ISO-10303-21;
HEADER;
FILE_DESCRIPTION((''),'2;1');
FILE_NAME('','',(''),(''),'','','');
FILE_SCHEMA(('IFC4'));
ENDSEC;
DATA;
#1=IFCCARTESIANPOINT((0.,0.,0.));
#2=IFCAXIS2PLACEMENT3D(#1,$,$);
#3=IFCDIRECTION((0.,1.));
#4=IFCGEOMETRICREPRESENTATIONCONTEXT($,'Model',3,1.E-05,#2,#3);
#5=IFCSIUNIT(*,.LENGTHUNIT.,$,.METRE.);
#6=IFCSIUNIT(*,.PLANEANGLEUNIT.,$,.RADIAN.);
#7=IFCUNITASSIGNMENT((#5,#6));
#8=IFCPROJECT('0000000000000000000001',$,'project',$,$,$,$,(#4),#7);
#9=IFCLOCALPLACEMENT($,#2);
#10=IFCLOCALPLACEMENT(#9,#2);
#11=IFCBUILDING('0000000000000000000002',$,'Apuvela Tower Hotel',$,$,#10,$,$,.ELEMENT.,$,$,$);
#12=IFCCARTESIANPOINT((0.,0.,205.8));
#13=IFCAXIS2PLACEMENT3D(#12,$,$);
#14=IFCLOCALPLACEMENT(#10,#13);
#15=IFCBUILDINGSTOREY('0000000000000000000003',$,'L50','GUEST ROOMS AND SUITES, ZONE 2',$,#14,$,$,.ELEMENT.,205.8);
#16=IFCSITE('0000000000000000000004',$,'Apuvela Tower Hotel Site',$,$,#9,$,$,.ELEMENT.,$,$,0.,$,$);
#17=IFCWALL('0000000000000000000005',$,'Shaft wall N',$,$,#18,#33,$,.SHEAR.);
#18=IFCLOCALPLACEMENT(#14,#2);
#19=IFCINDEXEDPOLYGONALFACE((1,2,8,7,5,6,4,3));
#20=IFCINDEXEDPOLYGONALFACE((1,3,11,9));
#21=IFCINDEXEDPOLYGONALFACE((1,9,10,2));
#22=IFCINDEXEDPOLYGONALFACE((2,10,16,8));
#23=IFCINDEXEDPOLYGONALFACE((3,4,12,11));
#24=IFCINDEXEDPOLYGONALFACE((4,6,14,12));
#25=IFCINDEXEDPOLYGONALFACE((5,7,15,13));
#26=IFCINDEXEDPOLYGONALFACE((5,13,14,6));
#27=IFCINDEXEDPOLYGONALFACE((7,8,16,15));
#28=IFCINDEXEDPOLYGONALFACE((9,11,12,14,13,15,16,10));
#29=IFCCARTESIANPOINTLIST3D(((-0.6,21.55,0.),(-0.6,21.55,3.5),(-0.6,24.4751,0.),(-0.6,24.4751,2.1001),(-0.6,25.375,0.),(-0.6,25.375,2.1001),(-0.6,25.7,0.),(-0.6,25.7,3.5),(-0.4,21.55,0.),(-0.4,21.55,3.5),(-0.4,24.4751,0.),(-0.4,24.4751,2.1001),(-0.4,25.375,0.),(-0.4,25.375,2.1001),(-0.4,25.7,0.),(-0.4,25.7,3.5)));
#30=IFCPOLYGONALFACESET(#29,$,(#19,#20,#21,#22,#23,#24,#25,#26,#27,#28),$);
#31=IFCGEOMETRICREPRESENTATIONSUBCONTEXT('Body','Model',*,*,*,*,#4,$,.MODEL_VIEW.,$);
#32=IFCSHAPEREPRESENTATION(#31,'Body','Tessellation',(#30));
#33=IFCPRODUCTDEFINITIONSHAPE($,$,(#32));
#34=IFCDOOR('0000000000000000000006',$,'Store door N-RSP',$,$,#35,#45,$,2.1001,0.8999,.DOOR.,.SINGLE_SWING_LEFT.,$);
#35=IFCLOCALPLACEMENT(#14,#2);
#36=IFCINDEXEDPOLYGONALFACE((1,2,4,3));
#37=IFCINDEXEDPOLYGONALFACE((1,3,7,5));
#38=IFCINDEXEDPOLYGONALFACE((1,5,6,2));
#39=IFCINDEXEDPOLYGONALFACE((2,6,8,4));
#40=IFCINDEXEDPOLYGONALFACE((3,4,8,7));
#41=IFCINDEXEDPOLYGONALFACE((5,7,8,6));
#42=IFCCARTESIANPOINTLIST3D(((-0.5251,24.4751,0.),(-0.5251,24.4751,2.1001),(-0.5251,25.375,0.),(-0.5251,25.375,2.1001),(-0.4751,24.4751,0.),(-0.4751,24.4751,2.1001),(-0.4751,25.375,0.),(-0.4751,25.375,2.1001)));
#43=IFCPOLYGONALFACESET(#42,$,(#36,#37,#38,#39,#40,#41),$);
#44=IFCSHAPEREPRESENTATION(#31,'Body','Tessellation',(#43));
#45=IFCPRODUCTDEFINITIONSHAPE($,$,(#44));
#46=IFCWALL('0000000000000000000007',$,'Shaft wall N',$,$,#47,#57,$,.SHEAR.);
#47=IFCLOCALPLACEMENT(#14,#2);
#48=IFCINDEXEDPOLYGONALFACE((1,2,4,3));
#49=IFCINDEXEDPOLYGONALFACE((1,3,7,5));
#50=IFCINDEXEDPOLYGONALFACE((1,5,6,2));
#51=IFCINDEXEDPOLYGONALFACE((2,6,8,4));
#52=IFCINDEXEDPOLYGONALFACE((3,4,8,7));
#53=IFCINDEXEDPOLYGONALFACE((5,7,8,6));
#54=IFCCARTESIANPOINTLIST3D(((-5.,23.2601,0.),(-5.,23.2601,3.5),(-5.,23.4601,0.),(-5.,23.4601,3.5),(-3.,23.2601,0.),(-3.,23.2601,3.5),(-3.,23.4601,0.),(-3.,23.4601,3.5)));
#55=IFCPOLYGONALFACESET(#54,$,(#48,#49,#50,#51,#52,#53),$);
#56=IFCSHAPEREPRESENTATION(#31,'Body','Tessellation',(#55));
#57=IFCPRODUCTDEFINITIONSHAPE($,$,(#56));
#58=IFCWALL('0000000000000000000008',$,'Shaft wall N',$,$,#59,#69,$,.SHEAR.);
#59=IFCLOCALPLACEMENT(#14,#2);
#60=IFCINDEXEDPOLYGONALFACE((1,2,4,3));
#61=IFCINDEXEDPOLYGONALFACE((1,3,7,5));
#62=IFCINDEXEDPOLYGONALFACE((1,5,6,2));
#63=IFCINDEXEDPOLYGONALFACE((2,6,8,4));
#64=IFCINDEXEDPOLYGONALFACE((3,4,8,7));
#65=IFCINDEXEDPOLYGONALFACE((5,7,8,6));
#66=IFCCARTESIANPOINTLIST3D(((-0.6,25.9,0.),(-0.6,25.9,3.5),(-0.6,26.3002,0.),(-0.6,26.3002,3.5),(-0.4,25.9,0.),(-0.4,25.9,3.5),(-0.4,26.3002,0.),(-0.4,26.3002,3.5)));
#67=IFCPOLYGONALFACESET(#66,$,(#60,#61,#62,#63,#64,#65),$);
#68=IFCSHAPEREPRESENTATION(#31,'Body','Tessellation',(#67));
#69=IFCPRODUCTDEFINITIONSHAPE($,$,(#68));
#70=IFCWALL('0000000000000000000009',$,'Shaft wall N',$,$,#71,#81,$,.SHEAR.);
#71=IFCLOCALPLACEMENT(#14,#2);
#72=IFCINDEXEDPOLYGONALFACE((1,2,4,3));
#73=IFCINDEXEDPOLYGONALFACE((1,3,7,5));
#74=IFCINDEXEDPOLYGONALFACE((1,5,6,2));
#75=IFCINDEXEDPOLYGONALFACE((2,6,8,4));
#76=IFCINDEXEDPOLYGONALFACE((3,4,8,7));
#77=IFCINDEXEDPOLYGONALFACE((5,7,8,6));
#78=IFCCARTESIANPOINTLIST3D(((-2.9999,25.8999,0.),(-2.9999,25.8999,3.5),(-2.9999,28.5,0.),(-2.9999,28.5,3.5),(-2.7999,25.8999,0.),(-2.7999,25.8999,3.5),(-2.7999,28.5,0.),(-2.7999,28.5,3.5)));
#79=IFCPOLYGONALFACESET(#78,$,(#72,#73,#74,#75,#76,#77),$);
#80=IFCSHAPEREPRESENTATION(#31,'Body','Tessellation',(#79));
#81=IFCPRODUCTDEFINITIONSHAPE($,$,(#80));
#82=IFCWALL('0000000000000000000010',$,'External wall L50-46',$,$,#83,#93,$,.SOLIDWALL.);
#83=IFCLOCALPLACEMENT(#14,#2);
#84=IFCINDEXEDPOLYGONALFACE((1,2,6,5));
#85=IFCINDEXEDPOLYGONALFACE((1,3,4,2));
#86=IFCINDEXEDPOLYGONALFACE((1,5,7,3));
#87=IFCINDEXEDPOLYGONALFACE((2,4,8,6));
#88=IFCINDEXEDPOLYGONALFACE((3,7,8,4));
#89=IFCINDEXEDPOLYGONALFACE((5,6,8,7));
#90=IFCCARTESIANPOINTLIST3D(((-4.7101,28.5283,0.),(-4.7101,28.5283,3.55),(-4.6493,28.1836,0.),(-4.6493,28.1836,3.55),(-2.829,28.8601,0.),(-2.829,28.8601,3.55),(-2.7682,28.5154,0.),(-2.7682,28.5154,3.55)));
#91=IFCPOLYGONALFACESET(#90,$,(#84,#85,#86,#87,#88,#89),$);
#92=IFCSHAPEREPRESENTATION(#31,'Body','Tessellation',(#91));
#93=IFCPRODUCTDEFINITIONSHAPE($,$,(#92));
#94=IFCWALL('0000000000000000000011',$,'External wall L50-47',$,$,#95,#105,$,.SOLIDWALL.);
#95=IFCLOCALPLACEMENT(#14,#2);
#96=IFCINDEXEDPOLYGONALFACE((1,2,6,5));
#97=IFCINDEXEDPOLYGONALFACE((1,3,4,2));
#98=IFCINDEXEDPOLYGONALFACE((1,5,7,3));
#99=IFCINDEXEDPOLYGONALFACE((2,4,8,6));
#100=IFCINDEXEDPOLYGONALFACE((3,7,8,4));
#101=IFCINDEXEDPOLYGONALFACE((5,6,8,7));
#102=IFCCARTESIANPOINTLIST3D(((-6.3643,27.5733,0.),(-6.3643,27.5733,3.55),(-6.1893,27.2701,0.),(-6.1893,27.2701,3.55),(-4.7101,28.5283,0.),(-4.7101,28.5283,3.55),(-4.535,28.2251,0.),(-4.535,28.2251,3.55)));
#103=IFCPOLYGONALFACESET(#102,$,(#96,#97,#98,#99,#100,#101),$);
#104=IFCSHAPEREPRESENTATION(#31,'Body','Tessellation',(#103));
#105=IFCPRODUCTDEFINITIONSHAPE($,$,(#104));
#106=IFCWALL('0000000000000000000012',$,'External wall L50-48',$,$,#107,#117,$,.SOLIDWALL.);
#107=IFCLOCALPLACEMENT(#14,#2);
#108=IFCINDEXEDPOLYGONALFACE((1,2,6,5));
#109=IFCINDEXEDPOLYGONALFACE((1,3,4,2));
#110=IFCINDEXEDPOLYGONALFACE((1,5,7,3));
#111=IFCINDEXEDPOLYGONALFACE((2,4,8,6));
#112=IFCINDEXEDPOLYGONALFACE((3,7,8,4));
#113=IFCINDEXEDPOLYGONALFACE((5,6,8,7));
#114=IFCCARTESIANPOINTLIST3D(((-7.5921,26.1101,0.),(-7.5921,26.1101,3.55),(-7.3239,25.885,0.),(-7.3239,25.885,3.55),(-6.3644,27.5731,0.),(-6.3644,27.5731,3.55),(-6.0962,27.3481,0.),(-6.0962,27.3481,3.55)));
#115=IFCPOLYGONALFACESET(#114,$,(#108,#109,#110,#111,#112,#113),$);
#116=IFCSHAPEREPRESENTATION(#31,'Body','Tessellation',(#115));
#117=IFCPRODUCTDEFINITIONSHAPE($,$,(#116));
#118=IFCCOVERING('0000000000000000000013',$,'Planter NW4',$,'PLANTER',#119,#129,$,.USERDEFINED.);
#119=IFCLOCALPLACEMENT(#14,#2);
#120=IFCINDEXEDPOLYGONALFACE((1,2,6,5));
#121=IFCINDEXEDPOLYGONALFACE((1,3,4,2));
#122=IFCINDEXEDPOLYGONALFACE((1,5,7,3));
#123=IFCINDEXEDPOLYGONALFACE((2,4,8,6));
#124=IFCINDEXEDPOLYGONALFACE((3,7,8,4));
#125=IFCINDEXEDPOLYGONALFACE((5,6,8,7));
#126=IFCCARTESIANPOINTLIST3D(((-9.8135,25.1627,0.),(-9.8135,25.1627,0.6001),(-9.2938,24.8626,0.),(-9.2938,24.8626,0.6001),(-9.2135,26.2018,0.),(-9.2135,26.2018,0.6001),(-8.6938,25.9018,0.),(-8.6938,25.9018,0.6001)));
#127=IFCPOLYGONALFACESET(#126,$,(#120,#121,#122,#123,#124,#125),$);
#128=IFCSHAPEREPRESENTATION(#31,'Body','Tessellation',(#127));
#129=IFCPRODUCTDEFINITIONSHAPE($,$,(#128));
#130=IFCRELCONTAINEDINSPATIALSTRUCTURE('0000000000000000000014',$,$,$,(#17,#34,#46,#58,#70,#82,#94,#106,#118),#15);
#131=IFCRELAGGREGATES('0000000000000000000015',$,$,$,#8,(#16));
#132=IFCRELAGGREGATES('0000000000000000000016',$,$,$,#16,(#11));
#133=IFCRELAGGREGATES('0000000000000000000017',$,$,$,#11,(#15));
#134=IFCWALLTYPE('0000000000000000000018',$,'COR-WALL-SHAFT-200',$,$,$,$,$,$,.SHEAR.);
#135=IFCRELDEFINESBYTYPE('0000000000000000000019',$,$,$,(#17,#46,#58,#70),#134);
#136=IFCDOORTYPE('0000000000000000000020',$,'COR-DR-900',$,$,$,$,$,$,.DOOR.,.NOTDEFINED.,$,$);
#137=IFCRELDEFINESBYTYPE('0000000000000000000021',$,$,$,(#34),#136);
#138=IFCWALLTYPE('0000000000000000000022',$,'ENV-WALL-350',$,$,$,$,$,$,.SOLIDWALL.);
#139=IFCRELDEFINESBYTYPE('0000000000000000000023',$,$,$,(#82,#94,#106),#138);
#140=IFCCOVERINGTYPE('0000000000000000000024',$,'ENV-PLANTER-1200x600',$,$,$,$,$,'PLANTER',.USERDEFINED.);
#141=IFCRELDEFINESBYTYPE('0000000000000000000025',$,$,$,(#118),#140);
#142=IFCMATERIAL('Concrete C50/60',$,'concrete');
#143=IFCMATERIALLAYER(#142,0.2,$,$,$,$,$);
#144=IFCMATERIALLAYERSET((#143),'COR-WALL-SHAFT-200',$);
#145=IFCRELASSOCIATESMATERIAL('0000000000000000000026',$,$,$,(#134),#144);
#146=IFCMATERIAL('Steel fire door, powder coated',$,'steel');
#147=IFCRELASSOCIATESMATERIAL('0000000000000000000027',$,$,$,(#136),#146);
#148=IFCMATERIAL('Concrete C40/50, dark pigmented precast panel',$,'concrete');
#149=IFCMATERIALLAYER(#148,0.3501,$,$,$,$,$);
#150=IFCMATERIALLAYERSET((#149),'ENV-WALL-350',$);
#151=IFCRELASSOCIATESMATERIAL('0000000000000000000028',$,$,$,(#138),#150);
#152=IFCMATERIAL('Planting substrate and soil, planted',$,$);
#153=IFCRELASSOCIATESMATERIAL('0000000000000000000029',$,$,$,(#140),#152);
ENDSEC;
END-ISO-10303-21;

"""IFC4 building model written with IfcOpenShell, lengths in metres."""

from ifc_helpers import new_model, si_unit, direction, frame, frame_2d, origin, origin_2d, place, context, subcontext, project, spatial, rectangle, extrude, material, layer, layer_set, type_object, element, fill, save


model = new_model("IFC4")

# Units and contexts
model_context = context("Model", 3, precision=1e-05, world=origin(), true_north=direction((0.0, 1.0)))
body_context = subcontext(model_context, "Body", "Model", "MODEL_VIEW")
ifc_project = project(units=[si_unit("LENGTHUNIT", "METRE"), si_unit("PLANEANGLEUNIT", "RADIAN")], contexts=[model_context])

# Site, building, storey
site_placement = place(None, origin())
site = spatial("IfcSite", under=ifc_project, at=site_placement, Name="Apuvela Tower Hotel Site", CompositionType="ELEMENT", RefElevation=0.0)
building_placement = place(site_placement, origin())
building = spatial("IfcBuilding", under=site, at=building_placement, Name="Apuvela Tower Hotel", CompositionType="ELEMENT")
storey_placement = place(building_placement, frame((0.0, 0.0, 205.8)))
storey = spatial("IfcBuildingStorey", under=building, at=storey_placement, Name="L50", Description="GUEST ROOMS AND SUITES, ZONE 2", CompositionType="ELEMENT", Elevation=205.8)

# Shared definitions
ifc_material_1 = material(Name="Concrete C50/60", Category="concrete")
ifc_layer_1 = layer(ifc_material_1, 0.2)
ifc_layer_set_1 = layer_set([ifc_layer_1], Name="COR-WALL-SHAFT-200")
wall_type_1 = type_object("IfcWallType", Name="COR-WALL-SHAFT-200", PredefinedType="SHEAR", material=ifc_layer_set_1)

# Wall, opening, door
wall_1_placement = place(storey_placement, frame((-0.5, 21.55, 0.0), z_axis=(0.0, 0.0, 1.0), x_axis=(0.0, 1.0, 0.0)))
wall_1 = element("IfcWall", 1, at=wall_1_placement, inside=storey, type_object=wall_type_1, Name="Shaft wall N", PredefinedType="SHEAR", context=body_context, shape_type="SweptSolid", body=[
    extrude(rectangle(XDim=4.1499, YDim=0.2, at=frame_2d((2.075, 0.0))), origin(), (0.0, 0.0, 1.0), 3.5),
])
opening_1_placement = place(wall_1_placement, frame((2.925, 0.0, 0.0)))
opening_1 = element("IfcOpeningElement", 2, at=opening_1_placement, cuts=wall_1, PredefinedType="OPENING", context=body_context, shape_type="SweptSolid", body=[
    extrude(rectangle(XDim=0.8999, YDim=2.1001, at=frame_2d((0.45, 1.05))), frame((0.0, 0.1099, 0.0), z_axis=(0.0, -1.0, 0.0), x_axis=(1.0, 0.0, 0.0)), (0.0, 0.0, 1.0), 0.22),
])
ifc_material_2 = material(Name="Steel fire door, powder coated", Category="steel")
door_type_1 = type_object("IfcDoorType", Name="COR-DR-900", OperationType="NOTDEFINED", PredefinedType="DOOR", material=ifc_material_2)
door_1_placement = place(opening_1_placement, frame((0.8999, 0.0, 0.0), z_axis=(0.0, 0.0, 1.0), x_axis=(-1.0, 0.0, 0.0)))
door_1 = element("IfcDoor", 3, at=door_1_placement, inside=storey, type_object=door_type_1, Name="Store door N-RSP", OperationType="SINGLE_SWING_LEFT", OverallHeight=2.1001, OverallWidth=0.8999, PredefinedType="DOOR", context=body_context, shape_type="SweptSolid", body=[
    extrude(rectangle(XDim=0.8999, YDim=2.1001, at=frame_2d((0.45, 1.05))), frame((0.0, 0.0249, 0.0), z_axis=(0.0, -1.0, 0.0), x_axis=(1.0, 0.0, 0.0)), (0.0, 0.0, 1.0), 0.05),
])
fill(opening_1, door_1)

# Walls
wall_2_placement = place(storey_placement, frame((-3.0, 23.3601, 0.0), z_axis=(0.0, 0.0, 1.0), x_axis=(-1.0, 0.0, 0.0)))
element("IfcWall", 4, at=wall_2_placement, inside=storey, type_object=wall_type_1, Name="Shaft wall N", PredefinedType="SHEAR", context=body_context, shape_type="SweptSolid", body=[
    extrude(rectangle(XDim=2.0, YDim=0.2, at=frame_2d((1.0, 0.0))), origin(), (0.0, 0.0, 1.0), 3.5),
])
wall_3_placement = place(storey_placement, frame((-0.5, 25.8999, 0.0), z_axis=(0.0, 0.0, 1.0), x_axis=(0.0, 1.0, 0.0)))
element("IfcWall", 5, at=wall_3_placement, inside=storey, type_object=wall_type_1, Name="Shaft wall N", PredefinedType="SHEAR", context=body_context, shape_type="SweptSolid", body=[
    extrude(rectangle(XDim=0.4001, YDim=0.2, at=frame_2d((0.2002, 0.0))), origin(), (0.0, 0.0, 1.0), 3.5),
])
wall_4_placement = place(storey_placement, frame((-2.8999, 25.8999, 0.0), z_axis=(0.0, 0.0, 1.0), x_axis=(0.0, 1.0, 0.0)))
element("IfcWall", 6, at=wall_4_placement, inside=storey, type_object=wall_type_1, Name="Shaft wall N", PredefinedType="SHEAR", context=body_context, shape_type="SweptSolid", body=[
    extrude(rectangle(XDim=2.6001, YDim=0.2, at=frame_2d((1.3, 0.0))), origin(), (0.0, 0.0, 1.0), 3.5),
])

# Shared definitions
ifc_material_3 = material(Name="Concrete C40/50, dark pigmented precast panel", Category="concrete")
ifc_layer_2 = layer(ifc_material_3, 0.3501)
ifc_layer_set_2 = layer_set([ifc_layer_2], Name="ENV-WALL-350")
wall_type_2 = type_object("IfcWallType", Name="ENV-WALL-350", PredefinedType="SOLIDWALL", material=ifc_layer_set_2)

# Walls
for number, where, z_axis, x_axis, name in (
    (7, (-2.7986, 28.6877, 0.0), (0.0, 0.0, 1.0), (-0.984799, -0.173698, 0.0), "External wall L50-46"),
    (8, (-4.6226, 28.3767, 0.0), (0.0, 0.0, 1.0), (-0.866032, -0.499988, 0.0), "External wall L50-47"),
):
    element("IfcWall", number, at=place(storey_placement, frame(where, z_axis=z_axis, x_axis=x_axis)), inside=storey, type_object=wall_type_2, Name=name, PredefinedType="SOLIDWALL", context=body_context, shape_type="SweptSolid", body=[
        extrude(rectangle(XDim=1.9102, YDim=0.3501, at=frame_2d((0.9551, 0.0))), origin(), (0.0, 0.0, 1.0), 3.55),
    ])
wall_5_placement = place(storey_placement, frame((-6.2302, 27.4607, 0.0), z_axis=(0.0, 0.0, 1.0), x_axis=(-0.642808, -0.766027, 0.0)))
element("IfcWall", 9, at=wall_5_placement, inside=storey, type_object=wall_type_2, Name="External wall L50-48", PredefinedType="SOLIDWALL", context=body_context, shape_type="SweptSolid", body=[
    extrude(rectangle(XDim=1.9099, YDim=0.3501, at=frame_2d((0.9551, 0.0))), origin(), (0.0, 0.0, 1.0), 3.55),
])

# Covering
ifc_material_4 = material(Name="Planting substrate and soil, planted")
covering_type = type_object("IfcCoveringType", Name="ENV-PLANTER-1200x600", ElementType="PLANTER", PredefinedType="USERDEFINED", material=ifc_material_4)
covering_placement = place(storey_placement, frame((-9.2537, 25.5322, 0.0), z_axis=(0.0, 0.0, 1.0), x_axis=(-0.5, -0.866025, 0.0)))
element("IfcCovering", 10, at=covering_placement, inside=storey, type_object=covering_type, Name="Planter NW4", ObjectType="PLANTER", PredefinedType="USERDEFINED", context=body_context, shape_type="SweptSolid", body=[
    extrude(rectangle(XDim=1.2, YDim=0.6001, at=origin_2d()), origin(), (0.0, 0.0, 1.0), 0.6001),
])

save(model, "model.ifc")
